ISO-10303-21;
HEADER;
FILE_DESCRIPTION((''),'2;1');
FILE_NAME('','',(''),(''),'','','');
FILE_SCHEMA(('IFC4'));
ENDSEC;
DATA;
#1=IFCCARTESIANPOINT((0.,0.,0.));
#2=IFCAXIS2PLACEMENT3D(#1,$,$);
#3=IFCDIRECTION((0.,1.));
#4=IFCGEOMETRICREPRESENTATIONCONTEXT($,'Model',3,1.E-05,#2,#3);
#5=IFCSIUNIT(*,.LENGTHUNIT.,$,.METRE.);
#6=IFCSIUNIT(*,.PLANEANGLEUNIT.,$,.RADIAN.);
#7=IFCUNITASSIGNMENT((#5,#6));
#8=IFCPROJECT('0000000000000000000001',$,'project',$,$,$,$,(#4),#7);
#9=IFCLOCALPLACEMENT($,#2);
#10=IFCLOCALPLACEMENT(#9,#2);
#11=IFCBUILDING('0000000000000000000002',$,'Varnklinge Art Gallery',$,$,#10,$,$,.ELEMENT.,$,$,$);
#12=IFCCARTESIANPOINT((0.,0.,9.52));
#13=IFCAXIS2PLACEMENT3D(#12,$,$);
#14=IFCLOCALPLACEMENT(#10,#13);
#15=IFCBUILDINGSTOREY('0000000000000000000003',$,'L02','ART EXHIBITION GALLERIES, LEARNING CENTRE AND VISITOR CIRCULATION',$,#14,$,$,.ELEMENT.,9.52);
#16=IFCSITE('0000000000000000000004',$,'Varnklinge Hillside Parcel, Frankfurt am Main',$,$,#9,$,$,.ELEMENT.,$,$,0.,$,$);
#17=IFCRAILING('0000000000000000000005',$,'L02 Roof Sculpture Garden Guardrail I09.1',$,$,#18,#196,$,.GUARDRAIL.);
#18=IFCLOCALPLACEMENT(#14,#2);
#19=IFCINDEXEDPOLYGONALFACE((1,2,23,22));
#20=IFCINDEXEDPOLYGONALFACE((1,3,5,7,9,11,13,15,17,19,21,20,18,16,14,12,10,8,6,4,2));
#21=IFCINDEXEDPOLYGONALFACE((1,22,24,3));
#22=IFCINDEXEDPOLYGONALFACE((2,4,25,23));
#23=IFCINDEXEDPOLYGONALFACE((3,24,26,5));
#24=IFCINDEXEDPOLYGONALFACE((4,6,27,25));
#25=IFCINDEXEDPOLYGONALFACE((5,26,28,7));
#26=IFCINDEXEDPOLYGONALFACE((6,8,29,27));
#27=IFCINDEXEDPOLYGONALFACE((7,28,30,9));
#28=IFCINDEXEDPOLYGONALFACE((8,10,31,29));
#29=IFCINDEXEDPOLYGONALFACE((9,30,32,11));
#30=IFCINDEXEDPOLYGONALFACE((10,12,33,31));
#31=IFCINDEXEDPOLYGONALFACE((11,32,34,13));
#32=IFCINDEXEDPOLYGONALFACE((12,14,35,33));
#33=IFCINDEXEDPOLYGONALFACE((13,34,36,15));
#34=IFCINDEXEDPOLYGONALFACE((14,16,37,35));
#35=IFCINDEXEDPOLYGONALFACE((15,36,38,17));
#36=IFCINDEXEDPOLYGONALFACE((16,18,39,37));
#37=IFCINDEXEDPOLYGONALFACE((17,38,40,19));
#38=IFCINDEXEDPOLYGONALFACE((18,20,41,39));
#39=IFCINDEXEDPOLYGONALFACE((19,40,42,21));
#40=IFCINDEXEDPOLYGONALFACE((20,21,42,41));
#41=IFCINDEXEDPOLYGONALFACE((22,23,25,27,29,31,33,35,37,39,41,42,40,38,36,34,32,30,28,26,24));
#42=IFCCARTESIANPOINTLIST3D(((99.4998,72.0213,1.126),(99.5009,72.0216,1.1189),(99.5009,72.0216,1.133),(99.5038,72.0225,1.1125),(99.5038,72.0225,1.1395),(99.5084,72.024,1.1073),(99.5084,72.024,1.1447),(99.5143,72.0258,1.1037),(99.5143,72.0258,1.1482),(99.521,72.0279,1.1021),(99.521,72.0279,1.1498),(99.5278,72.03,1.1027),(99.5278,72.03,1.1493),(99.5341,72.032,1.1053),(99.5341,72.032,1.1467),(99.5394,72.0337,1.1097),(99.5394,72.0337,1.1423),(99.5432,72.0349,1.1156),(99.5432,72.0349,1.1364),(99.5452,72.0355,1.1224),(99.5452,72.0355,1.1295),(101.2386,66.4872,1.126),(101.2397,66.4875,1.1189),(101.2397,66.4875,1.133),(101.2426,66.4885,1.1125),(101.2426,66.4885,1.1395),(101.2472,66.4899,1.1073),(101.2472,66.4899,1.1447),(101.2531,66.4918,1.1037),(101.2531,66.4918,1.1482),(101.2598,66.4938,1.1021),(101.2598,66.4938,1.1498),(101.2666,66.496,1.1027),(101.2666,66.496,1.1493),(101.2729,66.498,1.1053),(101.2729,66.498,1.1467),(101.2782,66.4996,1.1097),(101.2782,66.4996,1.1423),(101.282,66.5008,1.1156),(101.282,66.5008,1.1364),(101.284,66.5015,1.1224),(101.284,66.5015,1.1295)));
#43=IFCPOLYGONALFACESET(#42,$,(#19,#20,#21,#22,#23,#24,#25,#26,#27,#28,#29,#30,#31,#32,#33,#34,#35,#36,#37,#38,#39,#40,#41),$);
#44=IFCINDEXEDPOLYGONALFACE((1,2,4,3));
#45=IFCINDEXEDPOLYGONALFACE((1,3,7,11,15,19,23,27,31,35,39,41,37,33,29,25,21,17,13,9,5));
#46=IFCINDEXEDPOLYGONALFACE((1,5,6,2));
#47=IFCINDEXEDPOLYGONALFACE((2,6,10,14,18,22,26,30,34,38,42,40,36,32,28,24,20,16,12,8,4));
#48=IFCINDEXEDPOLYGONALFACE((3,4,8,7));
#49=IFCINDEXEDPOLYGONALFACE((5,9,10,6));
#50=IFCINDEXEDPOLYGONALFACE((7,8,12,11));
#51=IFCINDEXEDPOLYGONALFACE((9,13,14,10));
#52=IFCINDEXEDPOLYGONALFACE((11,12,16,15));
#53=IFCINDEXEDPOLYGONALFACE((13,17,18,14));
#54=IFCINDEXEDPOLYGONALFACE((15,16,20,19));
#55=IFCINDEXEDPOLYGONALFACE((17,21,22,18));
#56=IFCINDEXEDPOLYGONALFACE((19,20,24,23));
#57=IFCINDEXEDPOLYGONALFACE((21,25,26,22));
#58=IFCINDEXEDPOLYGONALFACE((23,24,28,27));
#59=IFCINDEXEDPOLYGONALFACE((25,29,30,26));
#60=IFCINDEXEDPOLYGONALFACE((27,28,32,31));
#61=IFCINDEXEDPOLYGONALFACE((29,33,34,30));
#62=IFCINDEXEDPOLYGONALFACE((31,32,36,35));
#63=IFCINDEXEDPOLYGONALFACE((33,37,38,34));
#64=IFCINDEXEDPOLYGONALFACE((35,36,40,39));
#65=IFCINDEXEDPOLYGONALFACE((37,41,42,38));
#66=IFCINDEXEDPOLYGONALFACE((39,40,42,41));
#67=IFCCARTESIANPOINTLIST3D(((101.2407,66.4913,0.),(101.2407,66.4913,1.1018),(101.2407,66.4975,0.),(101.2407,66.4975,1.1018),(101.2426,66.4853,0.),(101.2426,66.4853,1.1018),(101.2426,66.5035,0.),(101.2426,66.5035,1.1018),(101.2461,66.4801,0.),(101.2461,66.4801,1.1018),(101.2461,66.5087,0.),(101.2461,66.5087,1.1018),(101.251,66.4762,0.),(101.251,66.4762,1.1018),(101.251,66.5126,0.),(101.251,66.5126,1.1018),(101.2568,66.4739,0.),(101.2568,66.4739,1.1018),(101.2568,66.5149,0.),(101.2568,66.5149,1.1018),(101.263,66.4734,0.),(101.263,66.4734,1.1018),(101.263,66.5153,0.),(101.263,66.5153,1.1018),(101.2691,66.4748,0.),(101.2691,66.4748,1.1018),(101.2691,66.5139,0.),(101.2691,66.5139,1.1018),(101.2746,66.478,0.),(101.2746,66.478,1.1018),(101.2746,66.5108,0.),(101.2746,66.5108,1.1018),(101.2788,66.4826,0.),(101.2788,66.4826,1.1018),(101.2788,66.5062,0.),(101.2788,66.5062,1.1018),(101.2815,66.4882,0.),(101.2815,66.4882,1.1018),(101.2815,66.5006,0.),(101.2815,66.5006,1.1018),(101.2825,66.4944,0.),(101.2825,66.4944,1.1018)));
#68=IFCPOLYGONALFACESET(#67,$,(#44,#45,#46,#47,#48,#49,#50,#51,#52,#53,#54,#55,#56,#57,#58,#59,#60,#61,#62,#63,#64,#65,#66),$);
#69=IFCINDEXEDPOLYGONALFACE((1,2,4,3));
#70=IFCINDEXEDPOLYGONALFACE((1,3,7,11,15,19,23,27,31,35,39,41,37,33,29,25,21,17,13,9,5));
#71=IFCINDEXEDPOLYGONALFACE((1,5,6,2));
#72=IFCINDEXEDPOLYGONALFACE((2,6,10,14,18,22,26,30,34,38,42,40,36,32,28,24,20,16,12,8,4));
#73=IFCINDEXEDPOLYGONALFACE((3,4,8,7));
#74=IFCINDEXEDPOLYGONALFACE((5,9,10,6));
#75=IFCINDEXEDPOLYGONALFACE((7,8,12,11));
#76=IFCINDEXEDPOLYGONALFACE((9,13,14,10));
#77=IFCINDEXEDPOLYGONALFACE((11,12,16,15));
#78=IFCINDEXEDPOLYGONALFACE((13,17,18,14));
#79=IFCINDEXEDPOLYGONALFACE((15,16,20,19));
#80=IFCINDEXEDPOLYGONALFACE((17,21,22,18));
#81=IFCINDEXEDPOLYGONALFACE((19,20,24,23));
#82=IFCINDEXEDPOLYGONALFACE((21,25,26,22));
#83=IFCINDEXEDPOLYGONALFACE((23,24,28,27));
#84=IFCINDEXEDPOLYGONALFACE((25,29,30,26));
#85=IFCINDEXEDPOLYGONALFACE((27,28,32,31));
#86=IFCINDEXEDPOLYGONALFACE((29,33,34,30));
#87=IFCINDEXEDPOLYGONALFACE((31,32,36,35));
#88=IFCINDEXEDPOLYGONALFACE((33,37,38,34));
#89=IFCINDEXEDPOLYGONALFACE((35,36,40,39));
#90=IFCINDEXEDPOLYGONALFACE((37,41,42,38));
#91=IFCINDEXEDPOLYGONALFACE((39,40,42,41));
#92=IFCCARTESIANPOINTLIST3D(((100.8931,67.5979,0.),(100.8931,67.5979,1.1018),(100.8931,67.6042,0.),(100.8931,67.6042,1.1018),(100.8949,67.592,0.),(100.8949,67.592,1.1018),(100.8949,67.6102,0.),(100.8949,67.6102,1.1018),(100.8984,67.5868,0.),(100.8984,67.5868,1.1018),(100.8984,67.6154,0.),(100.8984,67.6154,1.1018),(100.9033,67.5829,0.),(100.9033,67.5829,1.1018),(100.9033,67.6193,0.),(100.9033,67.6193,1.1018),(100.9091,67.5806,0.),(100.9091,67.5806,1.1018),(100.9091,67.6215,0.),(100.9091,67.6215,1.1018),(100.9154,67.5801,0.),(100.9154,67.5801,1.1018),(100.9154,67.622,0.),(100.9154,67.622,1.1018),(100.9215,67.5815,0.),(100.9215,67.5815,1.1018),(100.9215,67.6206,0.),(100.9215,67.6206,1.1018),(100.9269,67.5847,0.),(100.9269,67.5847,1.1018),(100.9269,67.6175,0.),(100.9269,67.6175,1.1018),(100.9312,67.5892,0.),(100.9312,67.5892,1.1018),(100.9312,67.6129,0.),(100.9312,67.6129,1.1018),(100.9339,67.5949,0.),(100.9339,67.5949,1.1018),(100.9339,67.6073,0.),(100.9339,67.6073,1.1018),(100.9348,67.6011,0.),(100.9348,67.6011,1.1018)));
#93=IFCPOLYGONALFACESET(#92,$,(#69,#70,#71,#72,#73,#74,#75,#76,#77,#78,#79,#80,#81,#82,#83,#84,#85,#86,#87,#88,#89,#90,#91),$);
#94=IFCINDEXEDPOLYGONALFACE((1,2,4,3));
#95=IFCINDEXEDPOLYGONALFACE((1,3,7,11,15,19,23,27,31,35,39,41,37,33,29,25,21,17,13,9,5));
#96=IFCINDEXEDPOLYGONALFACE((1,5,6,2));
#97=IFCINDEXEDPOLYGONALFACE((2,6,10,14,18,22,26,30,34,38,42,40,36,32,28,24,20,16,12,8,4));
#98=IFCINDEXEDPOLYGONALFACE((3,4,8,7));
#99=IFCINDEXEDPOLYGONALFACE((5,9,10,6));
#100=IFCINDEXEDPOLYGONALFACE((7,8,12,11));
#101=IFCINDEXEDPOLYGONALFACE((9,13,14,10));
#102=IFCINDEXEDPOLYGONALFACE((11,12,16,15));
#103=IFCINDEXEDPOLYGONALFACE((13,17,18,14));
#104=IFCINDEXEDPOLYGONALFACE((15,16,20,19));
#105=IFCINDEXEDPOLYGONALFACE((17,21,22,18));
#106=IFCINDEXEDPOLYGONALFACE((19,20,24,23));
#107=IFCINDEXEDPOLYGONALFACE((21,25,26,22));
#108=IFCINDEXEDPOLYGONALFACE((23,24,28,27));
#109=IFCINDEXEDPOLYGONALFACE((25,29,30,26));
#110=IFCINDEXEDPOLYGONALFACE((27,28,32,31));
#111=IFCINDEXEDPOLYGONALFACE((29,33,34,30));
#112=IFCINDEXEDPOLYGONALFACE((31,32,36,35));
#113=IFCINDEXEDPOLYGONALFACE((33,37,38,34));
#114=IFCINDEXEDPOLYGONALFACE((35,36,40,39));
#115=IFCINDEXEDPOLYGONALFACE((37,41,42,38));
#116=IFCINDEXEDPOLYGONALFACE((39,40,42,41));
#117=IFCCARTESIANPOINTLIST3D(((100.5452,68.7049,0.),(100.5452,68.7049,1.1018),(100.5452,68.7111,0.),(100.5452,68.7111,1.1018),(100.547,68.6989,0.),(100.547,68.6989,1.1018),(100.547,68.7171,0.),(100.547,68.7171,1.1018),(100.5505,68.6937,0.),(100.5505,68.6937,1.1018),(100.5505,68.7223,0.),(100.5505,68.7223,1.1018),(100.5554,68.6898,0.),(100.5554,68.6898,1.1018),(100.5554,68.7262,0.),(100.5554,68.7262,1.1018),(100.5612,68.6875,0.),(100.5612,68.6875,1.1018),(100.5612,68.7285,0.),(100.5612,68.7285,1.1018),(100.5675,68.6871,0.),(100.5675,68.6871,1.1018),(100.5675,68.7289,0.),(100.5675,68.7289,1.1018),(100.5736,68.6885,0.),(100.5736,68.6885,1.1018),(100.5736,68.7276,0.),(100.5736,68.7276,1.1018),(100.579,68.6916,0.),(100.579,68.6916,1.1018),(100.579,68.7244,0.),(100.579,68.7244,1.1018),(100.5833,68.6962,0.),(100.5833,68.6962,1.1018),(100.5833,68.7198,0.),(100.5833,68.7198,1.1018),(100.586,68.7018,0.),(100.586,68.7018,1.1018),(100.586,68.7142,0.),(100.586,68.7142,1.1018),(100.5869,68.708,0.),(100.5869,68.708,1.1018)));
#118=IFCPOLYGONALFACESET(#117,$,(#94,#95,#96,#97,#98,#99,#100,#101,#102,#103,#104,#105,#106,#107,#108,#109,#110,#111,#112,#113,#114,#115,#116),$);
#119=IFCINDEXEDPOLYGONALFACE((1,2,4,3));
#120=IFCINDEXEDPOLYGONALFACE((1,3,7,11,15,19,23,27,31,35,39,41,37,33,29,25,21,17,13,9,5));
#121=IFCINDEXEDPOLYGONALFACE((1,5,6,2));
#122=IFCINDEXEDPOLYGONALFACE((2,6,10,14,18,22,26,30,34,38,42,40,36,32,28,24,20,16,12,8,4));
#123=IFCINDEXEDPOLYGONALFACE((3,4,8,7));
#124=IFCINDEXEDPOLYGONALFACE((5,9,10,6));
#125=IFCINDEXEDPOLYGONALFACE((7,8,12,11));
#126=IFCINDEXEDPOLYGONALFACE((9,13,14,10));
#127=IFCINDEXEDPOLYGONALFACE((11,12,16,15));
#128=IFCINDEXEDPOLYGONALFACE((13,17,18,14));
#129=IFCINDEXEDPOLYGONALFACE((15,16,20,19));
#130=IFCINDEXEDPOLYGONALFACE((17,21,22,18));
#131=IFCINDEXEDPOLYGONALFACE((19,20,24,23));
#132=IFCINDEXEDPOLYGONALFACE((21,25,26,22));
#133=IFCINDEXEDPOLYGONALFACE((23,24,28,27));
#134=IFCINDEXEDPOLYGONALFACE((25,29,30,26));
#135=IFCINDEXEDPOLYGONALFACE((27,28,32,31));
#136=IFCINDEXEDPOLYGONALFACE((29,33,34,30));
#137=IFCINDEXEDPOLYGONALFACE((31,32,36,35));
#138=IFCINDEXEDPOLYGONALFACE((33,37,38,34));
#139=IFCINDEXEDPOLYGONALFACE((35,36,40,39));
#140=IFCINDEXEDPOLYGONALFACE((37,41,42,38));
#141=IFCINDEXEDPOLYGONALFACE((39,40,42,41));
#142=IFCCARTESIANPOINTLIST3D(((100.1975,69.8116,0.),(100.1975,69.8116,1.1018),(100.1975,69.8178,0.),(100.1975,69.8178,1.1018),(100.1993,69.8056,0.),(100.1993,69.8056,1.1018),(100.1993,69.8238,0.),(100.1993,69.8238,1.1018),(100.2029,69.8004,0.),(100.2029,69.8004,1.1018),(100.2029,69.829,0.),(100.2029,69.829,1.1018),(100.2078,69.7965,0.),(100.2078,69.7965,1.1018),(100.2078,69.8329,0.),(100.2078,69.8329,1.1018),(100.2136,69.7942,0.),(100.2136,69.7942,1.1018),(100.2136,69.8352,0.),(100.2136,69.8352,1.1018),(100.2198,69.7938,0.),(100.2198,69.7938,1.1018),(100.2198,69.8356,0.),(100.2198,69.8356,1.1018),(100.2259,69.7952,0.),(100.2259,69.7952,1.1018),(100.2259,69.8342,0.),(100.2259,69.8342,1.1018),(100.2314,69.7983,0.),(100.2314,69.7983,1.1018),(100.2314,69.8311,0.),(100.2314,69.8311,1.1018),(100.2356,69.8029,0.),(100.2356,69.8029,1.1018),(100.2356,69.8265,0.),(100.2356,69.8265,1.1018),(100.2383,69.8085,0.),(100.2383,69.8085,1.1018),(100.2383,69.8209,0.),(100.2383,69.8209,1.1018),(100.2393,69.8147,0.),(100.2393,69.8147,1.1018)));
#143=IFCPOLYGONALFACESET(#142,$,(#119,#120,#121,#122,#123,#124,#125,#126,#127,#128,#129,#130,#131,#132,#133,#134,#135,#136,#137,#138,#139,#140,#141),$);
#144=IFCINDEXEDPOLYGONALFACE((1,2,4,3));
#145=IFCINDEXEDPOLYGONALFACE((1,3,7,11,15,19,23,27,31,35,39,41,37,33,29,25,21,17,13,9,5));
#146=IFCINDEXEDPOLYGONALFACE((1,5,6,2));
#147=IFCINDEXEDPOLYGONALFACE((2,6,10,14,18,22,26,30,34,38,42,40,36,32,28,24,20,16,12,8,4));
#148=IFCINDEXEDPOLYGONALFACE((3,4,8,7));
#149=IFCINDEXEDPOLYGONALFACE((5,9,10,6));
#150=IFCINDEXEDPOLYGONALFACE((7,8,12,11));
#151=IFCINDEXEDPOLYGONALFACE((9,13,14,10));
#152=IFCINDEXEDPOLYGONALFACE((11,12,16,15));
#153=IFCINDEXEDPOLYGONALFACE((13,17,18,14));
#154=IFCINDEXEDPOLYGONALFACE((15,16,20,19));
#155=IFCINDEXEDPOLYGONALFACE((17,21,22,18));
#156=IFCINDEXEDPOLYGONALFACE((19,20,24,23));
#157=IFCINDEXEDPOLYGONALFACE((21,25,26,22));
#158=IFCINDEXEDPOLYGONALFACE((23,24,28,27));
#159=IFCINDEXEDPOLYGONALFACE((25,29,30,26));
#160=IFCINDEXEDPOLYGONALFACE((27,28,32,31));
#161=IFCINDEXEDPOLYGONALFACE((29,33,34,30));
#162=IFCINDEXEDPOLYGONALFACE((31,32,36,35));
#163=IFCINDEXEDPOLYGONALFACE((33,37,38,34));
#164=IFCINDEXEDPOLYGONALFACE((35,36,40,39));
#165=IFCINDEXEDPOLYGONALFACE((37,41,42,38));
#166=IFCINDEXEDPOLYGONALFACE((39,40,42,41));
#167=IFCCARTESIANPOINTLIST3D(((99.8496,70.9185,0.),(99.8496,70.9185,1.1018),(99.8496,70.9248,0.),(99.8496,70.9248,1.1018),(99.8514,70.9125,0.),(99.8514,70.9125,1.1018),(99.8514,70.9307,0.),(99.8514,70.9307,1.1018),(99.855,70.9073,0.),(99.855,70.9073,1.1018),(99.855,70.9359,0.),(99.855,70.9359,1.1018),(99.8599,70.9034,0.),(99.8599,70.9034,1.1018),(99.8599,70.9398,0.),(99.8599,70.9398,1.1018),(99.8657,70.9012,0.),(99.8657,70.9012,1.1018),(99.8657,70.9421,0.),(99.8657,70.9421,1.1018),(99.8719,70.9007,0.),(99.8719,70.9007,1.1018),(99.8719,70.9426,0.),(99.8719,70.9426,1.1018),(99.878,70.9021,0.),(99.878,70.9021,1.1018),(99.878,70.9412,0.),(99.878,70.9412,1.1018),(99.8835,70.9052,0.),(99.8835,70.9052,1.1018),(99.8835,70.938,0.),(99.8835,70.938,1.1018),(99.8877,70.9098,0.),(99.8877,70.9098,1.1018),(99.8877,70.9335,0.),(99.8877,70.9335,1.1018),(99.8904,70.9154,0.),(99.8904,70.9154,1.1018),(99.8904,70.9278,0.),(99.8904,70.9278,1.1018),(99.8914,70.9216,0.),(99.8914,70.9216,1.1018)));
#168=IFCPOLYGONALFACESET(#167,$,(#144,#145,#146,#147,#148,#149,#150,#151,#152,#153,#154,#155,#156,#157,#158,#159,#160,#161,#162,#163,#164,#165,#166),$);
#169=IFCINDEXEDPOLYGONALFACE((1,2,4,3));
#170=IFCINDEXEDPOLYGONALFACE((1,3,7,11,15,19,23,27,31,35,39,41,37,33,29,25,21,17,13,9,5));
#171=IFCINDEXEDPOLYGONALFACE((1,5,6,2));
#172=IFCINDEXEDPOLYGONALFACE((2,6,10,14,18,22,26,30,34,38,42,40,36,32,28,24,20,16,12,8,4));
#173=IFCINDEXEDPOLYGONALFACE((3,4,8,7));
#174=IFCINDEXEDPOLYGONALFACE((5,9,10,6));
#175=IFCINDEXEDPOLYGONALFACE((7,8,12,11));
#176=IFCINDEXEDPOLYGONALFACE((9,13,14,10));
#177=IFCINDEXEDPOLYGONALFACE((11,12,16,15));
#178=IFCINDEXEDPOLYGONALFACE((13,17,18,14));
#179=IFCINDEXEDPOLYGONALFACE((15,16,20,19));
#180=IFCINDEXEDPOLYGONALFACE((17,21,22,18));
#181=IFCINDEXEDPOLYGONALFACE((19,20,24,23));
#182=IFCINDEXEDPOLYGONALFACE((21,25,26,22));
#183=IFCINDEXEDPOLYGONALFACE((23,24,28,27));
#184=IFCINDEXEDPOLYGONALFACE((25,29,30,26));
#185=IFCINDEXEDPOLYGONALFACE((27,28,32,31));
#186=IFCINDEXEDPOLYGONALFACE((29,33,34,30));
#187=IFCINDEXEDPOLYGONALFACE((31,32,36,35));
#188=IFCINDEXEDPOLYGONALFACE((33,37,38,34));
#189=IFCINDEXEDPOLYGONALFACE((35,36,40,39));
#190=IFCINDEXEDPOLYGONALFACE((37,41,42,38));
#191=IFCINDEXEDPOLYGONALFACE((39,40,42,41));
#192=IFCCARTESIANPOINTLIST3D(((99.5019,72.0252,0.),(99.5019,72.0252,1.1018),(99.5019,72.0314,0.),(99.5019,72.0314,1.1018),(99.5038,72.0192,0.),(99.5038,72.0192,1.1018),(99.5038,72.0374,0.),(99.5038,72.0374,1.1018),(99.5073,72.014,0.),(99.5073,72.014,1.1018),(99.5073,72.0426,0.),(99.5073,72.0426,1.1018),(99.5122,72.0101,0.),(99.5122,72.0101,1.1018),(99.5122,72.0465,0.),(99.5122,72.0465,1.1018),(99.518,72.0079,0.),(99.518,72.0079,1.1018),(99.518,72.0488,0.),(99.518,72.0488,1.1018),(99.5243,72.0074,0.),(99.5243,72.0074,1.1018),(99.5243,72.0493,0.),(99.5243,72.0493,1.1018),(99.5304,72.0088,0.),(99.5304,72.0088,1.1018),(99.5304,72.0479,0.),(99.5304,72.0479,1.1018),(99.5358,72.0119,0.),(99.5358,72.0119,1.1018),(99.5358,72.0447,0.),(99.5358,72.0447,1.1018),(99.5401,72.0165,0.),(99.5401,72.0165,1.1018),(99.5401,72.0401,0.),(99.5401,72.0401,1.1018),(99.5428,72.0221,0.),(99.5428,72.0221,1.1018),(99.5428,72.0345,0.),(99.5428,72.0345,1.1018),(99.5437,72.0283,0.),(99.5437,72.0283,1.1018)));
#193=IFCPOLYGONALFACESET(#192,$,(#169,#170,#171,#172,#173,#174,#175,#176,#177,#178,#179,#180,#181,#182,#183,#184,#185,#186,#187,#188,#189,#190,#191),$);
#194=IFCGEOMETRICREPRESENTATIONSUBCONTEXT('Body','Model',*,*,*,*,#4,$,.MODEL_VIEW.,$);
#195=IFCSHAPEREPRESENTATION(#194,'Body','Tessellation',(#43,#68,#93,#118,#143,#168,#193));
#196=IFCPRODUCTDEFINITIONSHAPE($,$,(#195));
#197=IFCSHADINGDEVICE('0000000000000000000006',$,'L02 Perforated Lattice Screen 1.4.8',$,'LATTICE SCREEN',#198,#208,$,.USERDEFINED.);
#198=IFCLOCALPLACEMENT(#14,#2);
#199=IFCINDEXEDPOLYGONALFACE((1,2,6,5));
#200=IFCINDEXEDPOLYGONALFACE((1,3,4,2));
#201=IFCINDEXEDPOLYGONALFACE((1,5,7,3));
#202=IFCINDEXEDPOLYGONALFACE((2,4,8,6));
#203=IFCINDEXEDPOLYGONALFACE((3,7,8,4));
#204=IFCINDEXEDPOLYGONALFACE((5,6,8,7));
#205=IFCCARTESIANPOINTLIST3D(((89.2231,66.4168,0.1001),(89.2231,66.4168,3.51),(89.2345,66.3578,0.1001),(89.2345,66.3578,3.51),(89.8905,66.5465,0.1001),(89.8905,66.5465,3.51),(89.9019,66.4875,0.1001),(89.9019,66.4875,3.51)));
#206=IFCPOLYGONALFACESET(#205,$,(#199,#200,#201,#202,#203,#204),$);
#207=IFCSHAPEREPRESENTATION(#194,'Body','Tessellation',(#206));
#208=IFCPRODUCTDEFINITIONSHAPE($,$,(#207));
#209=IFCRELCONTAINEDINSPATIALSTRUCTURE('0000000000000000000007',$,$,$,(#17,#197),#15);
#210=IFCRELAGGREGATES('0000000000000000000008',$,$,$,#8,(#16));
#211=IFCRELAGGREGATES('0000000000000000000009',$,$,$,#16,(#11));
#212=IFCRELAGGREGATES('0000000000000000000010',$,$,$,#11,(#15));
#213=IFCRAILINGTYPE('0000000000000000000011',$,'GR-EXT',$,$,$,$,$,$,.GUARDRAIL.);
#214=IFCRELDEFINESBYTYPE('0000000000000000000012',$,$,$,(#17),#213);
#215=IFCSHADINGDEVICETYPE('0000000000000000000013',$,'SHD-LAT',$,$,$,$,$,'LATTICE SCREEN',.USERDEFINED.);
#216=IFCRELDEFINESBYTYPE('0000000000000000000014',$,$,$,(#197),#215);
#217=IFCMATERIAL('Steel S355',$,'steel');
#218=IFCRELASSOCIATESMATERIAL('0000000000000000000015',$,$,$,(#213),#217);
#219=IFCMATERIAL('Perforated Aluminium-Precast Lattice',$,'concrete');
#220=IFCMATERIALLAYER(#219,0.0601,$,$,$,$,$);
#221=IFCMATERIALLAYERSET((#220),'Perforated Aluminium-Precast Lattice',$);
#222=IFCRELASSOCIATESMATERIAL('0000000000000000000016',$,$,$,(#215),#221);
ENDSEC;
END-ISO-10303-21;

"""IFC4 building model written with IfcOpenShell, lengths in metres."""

from ifc_helpers import new_model, si_unit, direction, frame, origin, origin_2d, place, context, subcontext, project, spatial, rectangle, circle, extrude, material, layer, layer_set, type_object, element, save


model = new_model("IFC4")

# Units and contexts
model_context = context("Model", 3, precision=1e-05, world=origin(), true_north=direction((0.0, 1.0)))
body_context = subcontext(model_context, "Body", "Model", "MODEL_VIEW")
ifc_project = project(units=[si_unit("LENGTHUNIT", "METRE"), si_unit("PLANEANGLEUNIT", "RADIAN")], contexts=[model_context])

# Site, building, storey
site_placement = place(None, origin())
site = spatial("IfcSite", under=ifc_project, at=site_placement, Name="Varnklinge Hillside Parcel, Frankfurt am Main", CompositionType="ELEMENT", RefElevation=0.0)
building_placement = place(site_placement, origin())
building = spatial("IfcBuilding", under=site, at=building_placement, Name="Varnklinge Art Gallery", CompositionType="ELEMENT")
storey_placement = place(building_placement, frame((0.0, 0.0, 9.52)))
storey = spatial("IfcBuildingStorey", under=building, at=storey_placement, Name="L02", Description="ART EXHIBITION GALLERIES, LEARNING CENTRE AND VISITOR CIRCULATION", CompositionType="ELEMENT", Elevation=9.52)

# Railing
ifc_material_1 = material(Name="Steel S355", Category="steel")
railing_type_1 = type_object("IfcRailingType", Name="GR-EXT", PredefinedType="GUARDRAIL", material=ifc_material_1)
railing_1_placement = place(storey_placement, frame((101.2615, 66.4944, 0.0)))
element("IfcRailing", 1, at=railing_1_placement, inside=storey, type_object=railing_type_1, Name="L02 Roof Sculpture Garden Guardrail I09.1", PredefinedType="GUARDRAIL", context=body_context, shape_type="SweptSolid", body=[
    extrude(circle(Radius=0.0239, at=origin_2d()), frame((0.0, 0.0, 1.126), z_axis=(-0.299753, 0.954017, 0.0), x_axis=(-0.954017, -0.299753, 0.0)), (0.0, 0.0, 1.0), 5.8008),
    extrude(circle(Radius=0.021, at=origin_2d()), origin(), (0.0, 0.0, 1.0), 1.1018),
    extrude(circle(Radius=0.021, at=origin_2d()), frame((-0.3477, 1.1067, 0.0)), (0.0, 0.0, 1.0), 1.1018),
    extrude(circle(Radius=0.021, at=origin_2d()), frame((-0.6956, 2.2136, 0.0)), (0.0, 0.0, 1.0), 1.1018),
    extrude(circle(Radius=0.021, at=origin_2d()), frame((-1.0432, 3.3203, 0.0)), (0.0, 0.0, 1.0), 1.1018),
    extrude(circle(Radius=0.021, at=origin_2d()), frame((-1.3911, 4.4272, 0.0)), (0.0, 0.0, 1.0), 1.1018),
    extrude(circle(Radius=0.021, at=origin_2d()), frame((-1.7388, 5.5339, 0.0)), (0.0, 0.0, 1.0), 1.1018),
])

# Shading device
ifc_material_2 = material(Name="Perforated Aluminium-Precast Lattice", Category="concrete")
ifc_layer_1 = layer(ifc_material_2, 0.0601)
ifc_layer_set_1 = layer_set([ifc_layer_1], Name="Perforated Aluminium-Precast Lattice")
shading_device_type = type_object("IfcShadingDeviceType", Name="SHD-LAT", ElementType="LATTICE SCREEN", PredefinedType="USERDEFINED", material=ifc_layer_set_1)
for number, where, z_axis, x_axis, name in (
    (2, (89.5625, 66.4521, 0.1001), (0.0, 0.0, 1.0), (0.981627, 0.190809, 0.0), "L02 Perforated Lattice Screen 1.4.8"),
):
    element("IfcShadingDevice", number, at=place(storey_placement, frame(where, z_axis=z_axis, x_axis=x_axis)), inside=storey, type_object=shading_device_type, Name=name, ObjectType="LATTICE SCREEN", PredefinedType="USERDEFINED", context=body_context, shape_type="SweptSolid", body=[
        extrude(rectangle(XDim=0.6799, YDim=0.0601, at=origin_2d()), origin(), (0.0, 0.0, 1.0), 3.4099),
    ])

save(model, "model.ifc")
